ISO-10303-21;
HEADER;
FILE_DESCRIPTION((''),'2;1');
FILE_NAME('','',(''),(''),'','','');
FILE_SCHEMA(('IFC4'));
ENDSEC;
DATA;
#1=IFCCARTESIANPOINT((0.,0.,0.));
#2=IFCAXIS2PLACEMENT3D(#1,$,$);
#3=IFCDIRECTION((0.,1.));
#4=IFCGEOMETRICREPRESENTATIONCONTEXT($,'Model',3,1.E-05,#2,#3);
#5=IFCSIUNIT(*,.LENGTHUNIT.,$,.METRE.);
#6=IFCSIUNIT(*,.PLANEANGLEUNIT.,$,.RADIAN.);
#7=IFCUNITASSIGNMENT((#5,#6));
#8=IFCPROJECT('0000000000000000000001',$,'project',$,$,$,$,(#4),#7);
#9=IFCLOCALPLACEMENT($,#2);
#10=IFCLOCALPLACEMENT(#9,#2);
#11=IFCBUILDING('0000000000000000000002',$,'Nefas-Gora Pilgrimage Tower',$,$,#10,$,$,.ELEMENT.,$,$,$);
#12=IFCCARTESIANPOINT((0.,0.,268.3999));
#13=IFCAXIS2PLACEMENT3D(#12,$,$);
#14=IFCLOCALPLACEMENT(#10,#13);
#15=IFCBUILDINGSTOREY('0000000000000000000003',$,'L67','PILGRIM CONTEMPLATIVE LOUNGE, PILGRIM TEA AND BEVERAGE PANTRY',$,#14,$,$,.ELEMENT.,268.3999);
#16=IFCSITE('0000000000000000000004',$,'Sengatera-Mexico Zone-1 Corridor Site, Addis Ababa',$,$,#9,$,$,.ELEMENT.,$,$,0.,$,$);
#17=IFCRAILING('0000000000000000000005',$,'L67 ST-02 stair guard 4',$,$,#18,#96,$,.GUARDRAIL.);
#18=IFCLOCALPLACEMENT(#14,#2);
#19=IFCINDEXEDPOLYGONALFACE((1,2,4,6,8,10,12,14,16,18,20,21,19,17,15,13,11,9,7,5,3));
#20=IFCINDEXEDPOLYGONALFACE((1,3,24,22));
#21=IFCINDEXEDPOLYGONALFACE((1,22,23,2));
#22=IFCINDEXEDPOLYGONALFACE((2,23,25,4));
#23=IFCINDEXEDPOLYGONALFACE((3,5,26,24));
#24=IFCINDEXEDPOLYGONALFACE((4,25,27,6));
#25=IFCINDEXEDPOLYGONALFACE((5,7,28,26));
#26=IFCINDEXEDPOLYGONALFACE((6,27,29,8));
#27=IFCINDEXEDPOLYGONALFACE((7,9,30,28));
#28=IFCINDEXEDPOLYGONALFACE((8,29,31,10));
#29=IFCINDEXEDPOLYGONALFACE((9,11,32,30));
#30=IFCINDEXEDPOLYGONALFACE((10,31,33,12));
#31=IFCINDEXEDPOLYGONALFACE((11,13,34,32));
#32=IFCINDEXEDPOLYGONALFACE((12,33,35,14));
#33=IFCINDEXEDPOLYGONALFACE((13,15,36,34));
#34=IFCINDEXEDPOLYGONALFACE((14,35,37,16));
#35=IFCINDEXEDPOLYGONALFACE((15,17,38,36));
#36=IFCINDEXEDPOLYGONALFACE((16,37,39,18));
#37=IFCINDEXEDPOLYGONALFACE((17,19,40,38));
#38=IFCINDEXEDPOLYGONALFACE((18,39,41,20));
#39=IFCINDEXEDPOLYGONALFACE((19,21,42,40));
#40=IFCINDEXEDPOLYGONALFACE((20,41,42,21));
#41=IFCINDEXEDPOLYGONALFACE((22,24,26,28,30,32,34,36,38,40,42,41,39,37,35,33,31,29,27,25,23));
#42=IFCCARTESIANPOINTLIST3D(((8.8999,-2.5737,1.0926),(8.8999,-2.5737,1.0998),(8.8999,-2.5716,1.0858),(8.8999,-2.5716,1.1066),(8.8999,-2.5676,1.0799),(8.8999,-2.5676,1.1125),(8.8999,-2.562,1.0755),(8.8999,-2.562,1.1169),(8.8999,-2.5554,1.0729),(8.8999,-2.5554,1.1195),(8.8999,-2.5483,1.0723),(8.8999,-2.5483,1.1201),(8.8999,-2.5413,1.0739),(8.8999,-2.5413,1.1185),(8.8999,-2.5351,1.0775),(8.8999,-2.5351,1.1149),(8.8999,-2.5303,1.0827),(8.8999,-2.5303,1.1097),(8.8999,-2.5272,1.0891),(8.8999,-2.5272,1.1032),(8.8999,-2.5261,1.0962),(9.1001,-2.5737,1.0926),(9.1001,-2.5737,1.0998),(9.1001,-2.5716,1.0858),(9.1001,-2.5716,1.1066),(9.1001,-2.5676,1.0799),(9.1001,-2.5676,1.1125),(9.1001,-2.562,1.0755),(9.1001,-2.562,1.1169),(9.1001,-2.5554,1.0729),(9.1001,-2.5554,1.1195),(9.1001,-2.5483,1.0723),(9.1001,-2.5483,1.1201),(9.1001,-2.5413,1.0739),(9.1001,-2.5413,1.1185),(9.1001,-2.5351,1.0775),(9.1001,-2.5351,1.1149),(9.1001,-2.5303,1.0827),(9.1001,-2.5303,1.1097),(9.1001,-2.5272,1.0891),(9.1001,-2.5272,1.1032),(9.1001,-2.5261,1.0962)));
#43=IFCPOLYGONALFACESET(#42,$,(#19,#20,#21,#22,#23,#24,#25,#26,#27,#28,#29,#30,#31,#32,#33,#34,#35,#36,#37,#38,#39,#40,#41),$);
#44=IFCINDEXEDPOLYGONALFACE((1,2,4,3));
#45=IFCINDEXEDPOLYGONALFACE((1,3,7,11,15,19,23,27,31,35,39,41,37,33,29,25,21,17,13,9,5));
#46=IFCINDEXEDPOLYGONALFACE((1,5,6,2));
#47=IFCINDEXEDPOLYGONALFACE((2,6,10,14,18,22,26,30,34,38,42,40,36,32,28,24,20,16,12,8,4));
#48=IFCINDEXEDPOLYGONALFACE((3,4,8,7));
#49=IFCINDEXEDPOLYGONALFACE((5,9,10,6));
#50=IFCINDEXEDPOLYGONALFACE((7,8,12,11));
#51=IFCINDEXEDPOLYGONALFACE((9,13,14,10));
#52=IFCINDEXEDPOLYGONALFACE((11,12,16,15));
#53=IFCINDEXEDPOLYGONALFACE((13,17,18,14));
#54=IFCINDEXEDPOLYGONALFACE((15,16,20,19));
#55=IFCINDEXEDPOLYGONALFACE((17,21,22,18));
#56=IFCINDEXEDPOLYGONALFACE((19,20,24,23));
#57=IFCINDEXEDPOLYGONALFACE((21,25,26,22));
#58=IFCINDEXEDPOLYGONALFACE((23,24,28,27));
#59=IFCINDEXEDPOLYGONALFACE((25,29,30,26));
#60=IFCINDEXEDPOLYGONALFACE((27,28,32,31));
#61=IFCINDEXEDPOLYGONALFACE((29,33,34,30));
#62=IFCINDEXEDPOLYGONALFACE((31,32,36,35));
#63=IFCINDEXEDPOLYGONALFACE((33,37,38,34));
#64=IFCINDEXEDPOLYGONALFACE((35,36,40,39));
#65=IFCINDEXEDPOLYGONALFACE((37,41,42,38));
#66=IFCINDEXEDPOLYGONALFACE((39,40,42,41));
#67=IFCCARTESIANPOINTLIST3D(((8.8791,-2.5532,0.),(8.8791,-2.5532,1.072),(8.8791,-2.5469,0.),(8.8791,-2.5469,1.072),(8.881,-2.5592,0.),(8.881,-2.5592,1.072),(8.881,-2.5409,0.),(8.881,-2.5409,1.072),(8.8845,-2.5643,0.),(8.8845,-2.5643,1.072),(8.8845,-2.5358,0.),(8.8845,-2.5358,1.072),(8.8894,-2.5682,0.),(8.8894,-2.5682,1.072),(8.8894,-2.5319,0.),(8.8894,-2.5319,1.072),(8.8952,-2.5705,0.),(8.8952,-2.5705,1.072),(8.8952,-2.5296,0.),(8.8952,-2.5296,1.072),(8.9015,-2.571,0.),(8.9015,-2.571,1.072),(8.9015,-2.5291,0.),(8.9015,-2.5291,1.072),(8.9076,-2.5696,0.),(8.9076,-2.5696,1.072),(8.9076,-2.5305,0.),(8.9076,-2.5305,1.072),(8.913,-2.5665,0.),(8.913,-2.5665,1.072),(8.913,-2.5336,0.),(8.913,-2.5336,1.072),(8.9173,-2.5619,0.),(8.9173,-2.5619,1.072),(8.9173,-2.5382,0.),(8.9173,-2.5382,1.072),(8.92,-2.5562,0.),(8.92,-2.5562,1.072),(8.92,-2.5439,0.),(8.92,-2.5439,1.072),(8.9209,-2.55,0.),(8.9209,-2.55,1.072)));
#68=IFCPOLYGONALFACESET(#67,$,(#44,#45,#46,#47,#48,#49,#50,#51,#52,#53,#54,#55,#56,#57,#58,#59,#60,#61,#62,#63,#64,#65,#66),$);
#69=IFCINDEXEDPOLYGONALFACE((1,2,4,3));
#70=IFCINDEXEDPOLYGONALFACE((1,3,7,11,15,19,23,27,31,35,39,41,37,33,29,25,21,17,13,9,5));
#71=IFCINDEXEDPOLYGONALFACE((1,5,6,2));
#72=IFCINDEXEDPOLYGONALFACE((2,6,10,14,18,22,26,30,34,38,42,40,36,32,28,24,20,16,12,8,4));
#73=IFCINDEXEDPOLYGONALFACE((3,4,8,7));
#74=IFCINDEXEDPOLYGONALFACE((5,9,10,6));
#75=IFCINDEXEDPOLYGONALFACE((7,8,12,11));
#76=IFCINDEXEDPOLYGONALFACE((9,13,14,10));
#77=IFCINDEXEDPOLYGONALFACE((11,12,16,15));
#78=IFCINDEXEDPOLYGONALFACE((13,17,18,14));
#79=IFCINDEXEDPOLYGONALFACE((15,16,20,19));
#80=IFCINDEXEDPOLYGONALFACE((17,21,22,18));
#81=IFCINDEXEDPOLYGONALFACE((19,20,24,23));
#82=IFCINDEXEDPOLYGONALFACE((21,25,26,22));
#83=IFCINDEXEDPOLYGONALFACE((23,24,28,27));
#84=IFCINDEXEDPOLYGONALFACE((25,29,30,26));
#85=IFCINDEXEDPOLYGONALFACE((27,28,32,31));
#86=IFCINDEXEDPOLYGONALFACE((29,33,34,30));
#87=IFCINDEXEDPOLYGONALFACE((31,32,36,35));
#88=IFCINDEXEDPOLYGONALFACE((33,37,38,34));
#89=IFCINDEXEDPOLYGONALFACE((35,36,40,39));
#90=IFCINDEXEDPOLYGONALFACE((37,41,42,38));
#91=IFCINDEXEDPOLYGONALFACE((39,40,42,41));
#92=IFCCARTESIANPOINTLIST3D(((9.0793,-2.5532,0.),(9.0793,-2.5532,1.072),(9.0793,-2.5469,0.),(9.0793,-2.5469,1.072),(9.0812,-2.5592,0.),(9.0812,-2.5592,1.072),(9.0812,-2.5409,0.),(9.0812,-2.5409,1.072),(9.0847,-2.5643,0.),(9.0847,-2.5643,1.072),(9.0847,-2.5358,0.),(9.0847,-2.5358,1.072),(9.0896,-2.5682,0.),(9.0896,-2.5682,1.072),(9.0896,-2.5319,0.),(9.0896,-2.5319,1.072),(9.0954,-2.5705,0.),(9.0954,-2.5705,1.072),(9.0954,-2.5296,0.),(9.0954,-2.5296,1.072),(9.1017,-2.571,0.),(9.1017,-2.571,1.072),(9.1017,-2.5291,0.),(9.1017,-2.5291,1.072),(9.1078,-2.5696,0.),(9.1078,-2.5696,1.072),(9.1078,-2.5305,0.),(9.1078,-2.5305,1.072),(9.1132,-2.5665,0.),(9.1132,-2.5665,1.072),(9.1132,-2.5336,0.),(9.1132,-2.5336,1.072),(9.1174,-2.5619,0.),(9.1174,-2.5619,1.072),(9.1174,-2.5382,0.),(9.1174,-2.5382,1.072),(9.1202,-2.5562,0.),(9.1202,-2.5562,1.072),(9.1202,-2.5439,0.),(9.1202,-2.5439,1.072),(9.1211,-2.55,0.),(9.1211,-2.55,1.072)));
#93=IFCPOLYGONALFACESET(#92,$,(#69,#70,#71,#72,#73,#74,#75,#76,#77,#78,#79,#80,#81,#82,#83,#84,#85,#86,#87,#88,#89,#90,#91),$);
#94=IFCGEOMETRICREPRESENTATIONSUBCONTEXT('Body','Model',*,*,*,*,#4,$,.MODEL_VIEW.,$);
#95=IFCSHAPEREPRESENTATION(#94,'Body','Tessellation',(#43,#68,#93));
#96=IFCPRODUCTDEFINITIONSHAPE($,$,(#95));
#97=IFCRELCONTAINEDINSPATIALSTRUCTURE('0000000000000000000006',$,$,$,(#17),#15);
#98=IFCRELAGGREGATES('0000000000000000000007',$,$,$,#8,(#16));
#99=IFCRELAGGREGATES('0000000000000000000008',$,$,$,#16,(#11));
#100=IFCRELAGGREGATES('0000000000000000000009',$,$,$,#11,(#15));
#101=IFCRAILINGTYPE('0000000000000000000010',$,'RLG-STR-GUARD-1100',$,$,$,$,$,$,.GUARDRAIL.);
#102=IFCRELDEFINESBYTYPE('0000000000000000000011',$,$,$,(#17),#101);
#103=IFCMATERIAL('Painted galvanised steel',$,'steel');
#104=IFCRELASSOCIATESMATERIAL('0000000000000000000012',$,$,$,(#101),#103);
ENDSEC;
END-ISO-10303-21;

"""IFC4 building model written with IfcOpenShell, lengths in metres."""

from ifc_helpers import new_model, si_unit, direction, frame, origin, origin_2d, place, context, subcontext, project, spatial, circle, extrude, material, type_object, element, save


model = new_model("IFC4")

# Units and contexts
model_context = context("Model", 3, precision=1e-05, world=origin(), true_north=direction((0.0, 1.0)))
body_context = subcontext(model_context, "Body", "Model", "MODEL_VIEW")
ifc_project = project(units=[si_unit("LENGTHUNIT", "METRE"), si_unit("PLANEANGLEUNIT", "RADIAN")], contexts=[model_context])

# Site, building, storey
site_placement = place(None, origin())
site = spatial("IfcSite", under=ifc_project, at=site_placement, Name="Sengatera-Mexico Zone-1 Corridor Site, Addis Ababa", CompositionType="ELEMENT", RefElevation=0.0)
building_placement = place(site_placement, origin())
building = spatial("IfcBuilding", under=site, at=building_placement, Name="Nefas-Gora Pilgrimage Tower", CompositionType="ELEMENT")
storey_placement = place(building_placement, frame((0.0, 0.0, 268.3999)))
storey = spatial("IfcBuildingStorey", under=building, at=storey_placement, Name="L67", Description="PILGRIM CONTEMPLATIVE LOUNGE, PILGRIM TEA AND BEVERAGE PANTRY", CompositionType="ELEMENT", Elevation=268.3999)

# Railing
ifc_material_1 = material(Name="Painted galvanised steel", Category="steel")
railing_type_1 = type_object("IfcRailingType", Name="RLG-STR-GUARD-1100", PredefinedType="GUARDRAIL", material=ifc_material_1)
railing_1_placement = place(storey_placement, frame((8.8999, -2.55, 0.0)))
element("IfcRailing", 1, at=railing_1_placement, inside=storey, type_object=railing_type_1, Name="L67 ST-02 stair guard 4", PredefinedType="GUARDRAIL", context=body_context, shape_type="SweptSolid", body=[
    extrude(circle(Radius=0.0239, at=origin_2d()), frame((0.0, 0.0, 1.0962), z_axis=(1.0, 0.0, 0.0), x_axis=(0.0, 1.0, 0.0)), (0.0, 0.0, 1.0), 0.2002),
    extrude(circle(Radius=0.021, at=origin_2d()), origin(), (0.0, 0.0, 1.0), 1.072),
    extrude(circle(Radius=0.021, at=origin_2d()), frame((0.2002, 0.0, 0.0)), (0.0, 0.0, 1.0), 1.072),
])

save(model, "model.ifc")
